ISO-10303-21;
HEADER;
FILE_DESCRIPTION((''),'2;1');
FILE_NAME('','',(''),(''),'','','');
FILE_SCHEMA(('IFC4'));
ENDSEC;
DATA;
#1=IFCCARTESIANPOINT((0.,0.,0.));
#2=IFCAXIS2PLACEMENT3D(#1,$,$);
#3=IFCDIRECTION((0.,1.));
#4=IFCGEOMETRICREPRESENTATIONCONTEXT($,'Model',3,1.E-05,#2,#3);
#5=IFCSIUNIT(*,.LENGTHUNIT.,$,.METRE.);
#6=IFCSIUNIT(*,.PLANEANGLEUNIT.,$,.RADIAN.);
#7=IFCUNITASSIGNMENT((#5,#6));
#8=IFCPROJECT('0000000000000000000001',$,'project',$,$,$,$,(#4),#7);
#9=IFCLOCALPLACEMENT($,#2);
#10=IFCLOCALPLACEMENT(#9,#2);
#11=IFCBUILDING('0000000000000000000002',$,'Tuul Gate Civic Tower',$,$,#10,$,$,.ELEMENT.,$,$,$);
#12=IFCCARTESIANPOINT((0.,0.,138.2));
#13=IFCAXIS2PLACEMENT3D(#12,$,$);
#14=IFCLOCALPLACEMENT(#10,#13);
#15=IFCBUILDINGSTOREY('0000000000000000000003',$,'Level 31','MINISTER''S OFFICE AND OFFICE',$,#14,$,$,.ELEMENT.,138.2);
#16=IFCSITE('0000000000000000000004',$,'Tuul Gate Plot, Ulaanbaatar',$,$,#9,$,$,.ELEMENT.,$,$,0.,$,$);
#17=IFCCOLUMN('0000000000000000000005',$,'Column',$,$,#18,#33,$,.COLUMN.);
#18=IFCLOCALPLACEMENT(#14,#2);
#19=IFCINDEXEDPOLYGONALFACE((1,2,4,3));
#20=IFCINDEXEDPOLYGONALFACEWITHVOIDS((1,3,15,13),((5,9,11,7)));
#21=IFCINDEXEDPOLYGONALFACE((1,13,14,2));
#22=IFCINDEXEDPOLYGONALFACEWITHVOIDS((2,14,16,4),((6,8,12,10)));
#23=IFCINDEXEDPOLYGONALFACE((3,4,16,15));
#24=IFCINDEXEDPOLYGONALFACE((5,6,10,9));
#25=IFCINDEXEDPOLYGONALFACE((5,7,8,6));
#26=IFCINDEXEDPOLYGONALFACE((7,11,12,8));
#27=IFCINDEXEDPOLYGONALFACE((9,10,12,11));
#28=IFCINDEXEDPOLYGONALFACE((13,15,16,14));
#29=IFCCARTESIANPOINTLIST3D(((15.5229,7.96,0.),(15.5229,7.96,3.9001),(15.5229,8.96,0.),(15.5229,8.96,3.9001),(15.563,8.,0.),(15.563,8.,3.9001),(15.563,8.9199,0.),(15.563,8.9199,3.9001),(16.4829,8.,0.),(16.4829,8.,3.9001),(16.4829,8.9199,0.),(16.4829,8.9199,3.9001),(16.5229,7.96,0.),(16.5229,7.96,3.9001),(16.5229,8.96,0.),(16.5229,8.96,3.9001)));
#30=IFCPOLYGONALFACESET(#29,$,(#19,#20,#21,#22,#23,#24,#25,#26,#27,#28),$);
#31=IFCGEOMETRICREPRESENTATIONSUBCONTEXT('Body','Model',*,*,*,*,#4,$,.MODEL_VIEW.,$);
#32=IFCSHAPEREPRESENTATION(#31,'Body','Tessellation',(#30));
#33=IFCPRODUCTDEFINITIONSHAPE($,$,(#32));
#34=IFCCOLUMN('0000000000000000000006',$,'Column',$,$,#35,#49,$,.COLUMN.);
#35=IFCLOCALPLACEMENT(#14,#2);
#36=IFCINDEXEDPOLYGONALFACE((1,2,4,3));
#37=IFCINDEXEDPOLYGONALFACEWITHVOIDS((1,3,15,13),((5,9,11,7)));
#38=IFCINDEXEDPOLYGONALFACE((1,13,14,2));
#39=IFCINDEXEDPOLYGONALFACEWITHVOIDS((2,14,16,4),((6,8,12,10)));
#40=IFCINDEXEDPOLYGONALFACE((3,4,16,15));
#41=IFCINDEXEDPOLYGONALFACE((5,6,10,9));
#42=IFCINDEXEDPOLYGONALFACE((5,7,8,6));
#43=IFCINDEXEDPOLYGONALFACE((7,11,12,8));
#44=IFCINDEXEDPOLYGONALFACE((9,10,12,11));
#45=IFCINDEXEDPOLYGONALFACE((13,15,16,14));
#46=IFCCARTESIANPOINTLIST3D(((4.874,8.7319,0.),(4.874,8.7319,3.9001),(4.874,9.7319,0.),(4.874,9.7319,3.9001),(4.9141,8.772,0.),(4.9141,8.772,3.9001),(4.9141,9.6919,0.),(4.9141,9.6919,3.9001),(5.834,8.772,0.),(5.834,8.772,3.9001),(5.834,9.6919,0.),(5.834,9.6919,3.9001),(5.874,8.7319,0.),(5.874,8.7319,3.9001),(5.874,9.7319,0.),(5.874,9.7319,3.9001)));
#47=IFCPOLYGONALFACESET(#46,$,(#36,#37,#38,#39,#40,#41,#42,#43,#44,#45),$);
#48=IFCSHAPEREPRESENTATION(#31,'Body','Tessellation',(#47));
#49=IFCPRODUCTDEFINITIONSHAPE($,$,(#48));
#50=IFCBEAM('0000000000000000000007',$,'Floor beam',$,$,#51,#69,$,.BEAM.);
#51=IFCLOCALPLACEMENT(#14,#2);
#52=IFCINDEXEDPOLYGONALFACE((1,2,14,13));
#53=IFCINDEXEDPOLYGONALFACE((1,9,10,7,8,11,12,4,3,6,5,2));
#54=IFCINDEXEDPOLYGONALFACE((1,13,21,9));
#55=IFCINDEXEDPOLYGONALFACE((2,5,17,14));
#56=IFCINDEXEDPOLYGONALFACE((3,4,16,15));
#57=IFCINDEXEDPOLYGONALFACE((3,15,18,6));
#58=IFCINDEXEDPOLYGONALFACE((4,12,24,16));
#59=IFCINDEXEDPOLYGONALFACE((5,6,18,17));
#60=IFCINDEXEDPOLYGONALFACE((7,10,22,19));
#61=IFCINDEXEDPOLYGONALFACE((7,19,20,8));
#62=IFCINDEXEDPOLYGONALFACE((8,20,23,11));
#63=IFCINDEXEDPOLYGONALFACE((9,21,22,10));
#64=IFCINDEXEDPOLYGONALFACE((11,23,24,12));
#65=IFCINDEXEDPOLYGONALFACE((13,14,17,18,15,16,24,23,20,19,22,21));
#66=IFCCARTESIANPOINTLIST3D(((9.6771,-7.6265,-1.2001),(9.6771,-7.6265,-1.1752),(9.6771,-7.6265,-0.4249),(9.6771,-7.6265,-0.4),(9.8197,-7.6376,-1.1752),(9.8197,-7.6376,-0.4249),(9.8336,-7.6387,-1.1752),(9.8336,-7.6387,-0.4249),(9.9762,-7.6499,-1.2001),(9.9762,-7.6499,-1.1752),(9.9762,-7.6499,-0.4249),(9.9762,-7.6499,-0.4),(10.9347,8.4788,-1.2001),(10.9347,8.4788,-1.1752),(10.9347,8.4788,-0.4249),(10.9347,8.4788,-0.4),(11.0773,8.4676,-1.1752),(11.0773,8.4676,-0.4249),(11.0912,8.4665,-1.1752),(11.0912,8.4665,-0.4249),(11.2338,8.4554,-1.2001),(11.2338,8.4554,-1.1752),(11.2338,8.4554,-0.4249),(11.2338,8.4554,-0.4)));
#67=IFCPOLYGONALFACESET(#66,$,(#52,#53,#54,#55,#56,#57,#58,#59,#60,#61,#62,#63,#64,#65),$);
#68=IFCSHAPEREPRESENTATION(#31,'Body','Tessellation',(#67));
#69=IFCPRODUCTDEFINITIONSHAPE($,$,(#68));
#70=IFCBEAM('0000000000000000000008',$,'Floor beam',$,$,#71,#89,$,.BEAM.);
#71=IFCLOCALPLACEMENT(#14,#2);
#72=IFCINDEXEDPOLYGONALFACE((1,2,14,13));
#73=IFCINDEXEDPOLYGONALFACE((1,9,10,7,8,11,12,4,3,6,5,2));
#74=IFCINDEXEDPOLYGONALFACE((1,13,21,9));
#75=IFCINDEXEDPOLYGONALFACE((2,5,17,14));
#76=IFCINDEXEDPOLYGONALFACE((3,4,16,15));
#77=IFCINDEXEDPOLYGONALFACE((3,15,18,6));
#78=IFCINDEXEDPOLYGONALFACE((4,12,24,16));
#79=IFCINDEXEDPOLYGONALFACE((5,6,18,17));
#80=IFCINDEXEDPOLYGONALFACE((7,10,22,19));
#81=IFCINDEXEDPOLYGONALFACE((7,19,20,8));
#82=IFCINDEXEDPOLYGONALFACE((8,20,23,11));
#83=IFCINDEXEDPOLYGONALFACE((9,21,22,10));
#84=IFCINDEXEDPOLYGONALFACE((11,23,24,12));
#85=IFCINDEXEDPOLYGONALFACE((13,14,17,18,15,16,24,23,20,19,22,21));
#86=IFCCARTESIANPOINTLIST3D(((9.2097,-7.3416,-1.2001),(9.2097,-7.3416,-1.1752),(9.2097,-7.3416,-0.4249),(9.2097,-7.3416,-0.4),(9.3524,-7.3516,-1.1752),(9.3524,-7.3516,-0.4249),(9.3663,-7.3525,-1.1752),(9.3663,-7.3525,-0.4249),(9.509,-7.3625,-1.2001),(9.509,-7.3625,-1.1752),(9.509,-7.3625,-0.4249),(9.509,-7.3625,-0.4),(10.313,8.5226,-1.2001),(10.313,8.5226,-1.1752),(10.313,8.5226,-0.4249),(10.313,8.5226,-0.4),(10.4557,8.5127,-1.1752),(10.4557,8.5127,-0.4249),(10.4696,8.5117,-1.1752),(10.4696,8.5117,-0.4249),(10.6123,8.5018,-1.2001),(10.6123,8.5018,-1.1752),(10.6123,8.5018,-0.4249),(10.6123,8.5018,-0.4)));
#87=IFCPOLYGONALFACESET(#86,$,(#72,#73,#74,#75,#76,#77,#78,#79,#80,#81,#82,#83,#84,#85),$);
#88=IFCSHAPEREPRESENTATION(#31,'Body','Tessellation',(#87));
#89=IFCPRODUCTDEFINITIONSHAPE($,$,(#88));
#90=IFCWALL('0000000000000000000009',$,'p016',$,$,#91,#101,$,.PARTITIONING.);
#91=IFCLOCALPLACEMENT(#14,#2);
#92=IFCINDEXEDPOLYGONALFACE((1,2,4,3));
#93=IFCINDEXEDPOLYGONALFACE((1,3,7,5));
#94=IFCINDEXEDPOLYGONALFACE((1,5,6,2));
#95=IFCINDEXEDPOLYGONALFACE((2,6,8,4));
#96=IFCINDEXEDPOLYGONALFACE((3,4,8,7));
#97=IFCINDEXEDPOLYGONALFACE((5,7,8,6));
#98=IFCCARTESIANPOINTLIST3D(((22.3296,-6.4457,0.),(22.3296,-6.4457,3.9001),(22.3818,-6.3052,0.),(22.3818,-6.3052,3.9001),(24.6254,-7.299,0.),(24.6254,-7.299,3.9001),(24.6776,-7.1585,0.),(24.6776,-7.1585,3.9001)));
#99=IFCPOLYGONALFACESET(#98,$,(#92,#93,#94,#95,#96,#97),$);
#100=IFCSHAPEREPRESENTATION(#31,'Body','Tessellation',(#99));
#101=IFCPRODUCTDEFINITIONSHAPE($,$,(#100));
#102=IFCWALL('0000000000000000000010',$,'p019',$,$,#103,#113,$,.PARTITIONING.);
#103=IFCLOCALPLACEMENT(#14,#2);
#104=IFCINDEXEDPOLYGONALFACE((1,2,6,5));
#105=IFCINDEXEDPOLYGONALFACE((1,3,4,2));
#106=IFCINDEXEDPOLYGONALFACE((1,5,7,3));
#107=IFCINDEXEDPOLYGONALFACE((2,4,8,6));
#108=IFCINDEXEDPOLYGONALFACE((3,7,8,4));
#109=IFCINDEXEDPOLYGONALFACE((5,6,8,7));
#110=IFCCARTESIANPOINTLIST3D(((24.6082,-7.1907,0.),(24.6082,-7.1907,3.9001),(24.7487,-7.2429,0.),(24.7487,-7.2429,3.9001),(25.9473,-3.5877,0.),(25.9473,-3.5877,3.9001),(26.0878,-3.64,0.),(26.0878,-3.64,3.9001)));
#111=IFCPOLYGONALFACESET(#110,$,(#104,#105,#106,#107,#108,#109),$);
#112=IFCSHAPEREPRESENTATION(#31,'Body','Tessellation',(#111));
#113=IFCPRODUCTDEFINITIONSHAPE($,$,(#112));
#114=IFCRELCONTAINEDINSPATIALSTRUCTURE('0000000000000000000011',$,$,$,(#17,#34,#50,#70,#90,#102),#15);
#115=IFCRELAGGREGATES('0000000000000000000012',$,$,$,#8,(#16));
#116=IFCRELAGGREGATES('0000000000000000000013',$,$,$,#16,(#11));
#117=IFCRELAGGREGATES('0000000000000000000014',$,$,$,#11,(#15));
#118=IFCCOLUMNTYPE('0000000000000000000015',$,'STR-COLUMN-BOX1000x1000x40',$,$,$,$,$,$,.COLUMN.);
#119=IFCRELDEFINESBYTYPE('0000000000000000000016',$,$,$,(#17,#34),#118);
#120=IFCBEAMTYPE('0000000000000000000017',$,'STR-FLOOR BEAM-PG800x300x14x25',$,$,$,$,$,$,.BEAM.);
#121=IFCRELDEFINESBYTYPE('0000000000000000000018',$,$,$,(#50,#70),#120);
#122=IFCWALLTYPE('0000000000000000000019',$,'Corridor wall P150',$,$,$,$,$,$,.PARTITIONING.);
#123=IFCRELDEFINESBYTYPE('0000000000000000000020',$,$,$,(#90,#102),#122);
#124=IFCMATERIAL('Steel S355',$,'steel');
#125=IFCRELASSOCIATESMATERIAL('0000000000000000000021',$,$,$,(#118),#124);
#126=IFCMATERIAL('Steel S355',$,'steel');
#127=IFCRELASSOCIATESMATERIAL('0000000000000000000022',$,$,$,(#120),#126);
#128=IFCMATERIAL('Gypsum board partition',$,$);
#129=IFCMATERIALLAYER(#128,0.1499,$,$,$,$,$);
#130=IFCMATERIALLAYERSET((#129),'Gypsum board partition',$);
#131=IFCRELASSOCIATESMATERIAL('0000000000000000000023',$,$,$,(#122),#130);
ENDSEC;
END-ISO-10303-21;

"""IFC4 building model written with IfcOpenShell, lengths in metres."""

from ifc_helpers import new_model, si_unit, direction, frame, frame_2d, origin, origin_2d, place, context, subcontext, project, spatial, rectangle, hollow_rectangle, i_section, extrude, material, layer, layer_set, material_profile, profile_set, type_object, element, save


model = new_model("IFC4")

# Units and contexts
model_context = context("Model", 3, precision=1e-05, world=origin(), true_north=direction((0.0, 1.0)))
body_context = subcontext(model_context, "Body", "Model", "MODEL_VIEW")
ifc_project = project(units=[si_unit("LENGTHUNIT", "METRE"), si_unit("PLANEANGLEUNIT", "RADIAN")], contexts=[model_context])

# Site, building, storey
site_placement = place(None, origin())
site = spatial("IfcSite", under=ifc_project, at=site_placement, Name="Tuul Gate Plot, Ulaanbaatar", CompositionType="ELEMENT", RefElevation=0.0)
building_placement = place(site_placement, origin())
building = spatial("IfcBuilding", under=site, at=building_placement, Name="Tuul Gate Civic Tower", CompositionType="ELEMENT")
storey_placement = place(building_placement, frame((0.0, 0.0, 138.2)))
storey = spatial("IfcBuildingStorey", under=building, at=storey_placement, Name="Level 31", Description="MINISTER'S OFFICE AND OFFICE", CompositionType="ELEMENT", Elevation=138.2)

# Columns
ifc_material_1 = material(Name="Steel S355", Category="steel")
ifc_material_profile_1 = material_profile(ifc_material_1, hollow_rectangle(XDim=1.0, YDim=1.0, WallThickness=0.04, at=origin_2d()), Name="BOX1000x1000x40")
ifc_profile_set_1 = profile_set([ifc_material_profile_1], Name="Steel S355")
column_type = type_object("IfcColumnType", Name="STR-COLUMN-BOX1000x1000x40", PredefinedType="COLUMN", material=ifc_profile_set_1)
for number, where, z_axis, x_axis, name in (
    (1, (16.0229, 8.46, 0.0), (0.0, 0.0, 1.0), (1.0, 0.0, 0.0), "Column"),
    (2, (5.374, 9.2319, 0.0), (0.0, 0.0, 1.0), (1.0, 0.0, 0.0), "Column"),
):
    element("IfcColumn", number, at=place(storey_placement, frame(where, z_axis=z_axis, x_axis=x_axis)), inside=storey, type_object=column_type, Name=name, PredefinedType="COLUMN", context=body_context, shape_type="SweptSolid", body=[
        extrude(hollow_rectangle(XDim=1.0, YDim=1.0, WallThickness=0.04, at=origin_2d()), origin(), (0.0, 0.0, 1.0), 3.9001),
    ])

# Beams
ifc_material_2 = material(Name="Steel S355", Category="steel")
ifc_material_profile_2 = material_profile(ifc_material_2, i_section(OverallWidth=0.3, OverallDepth=0.8, WebThickness=0.0139, FlangeThickness=0.0249, at=origin_2d()), Name="PG800x300x14x25")
ifc_profile_set_2 = profile_set([ifc_material_profile_2], Name="Steel S355")
beam_type = type_object("IfcBeamType", Name="STR-FLOOR BEAM-PG800x300x14x25", PredefinedType="BEAM", material=ifc_profile_set_2)
beam_1_placement = place(storey_placement, frame((9.8267, -7.6382, -0.8), z_axis=(0.077848, 0.996965, 0.0), x_axis=(-0.996965, 0.077848, 0.0)))
element("IfcBeam", 3, at=beam_1_placement, inside=storey, type_object=beam_type, Name="Floor beam", PredefinedType="BEAM", context=body_context, shape_type="SweptSolid", body=[
    extrude(i_section(OverallWidth=0.3, OverallDepth=0.8, WebThickness=0.0139, FlangeThickness=0.0249, at=origin_2d()), origin(), (0.0, 0.0, 1.0), 16.1543),
])
beam_2_placement = place(storey_placement, frame((9.3594, -7.3521, -0.8), z_axis=(0.069377, 0.997591, 0.0), x_axis=(-0.997591, 0.069377, 0.0)))
element("IfcBeam", 4, at=beam_2_placement, inside=storey, type_object=beam_type, Name="Floor beam", PredefinedType="BEAM", context=body_context, shape_type="SweptSolid", body=[
    extrude(i_section(OverallWidth=0.3, OverallDepth=0.8, WebThickness=0.0139, FlangeThickness=0.0249, at=origin_2d()), origin(), (0.0, 0.0, 1.0), 15.9026),
])

# Walls
ifc_material_3 = material(Name="Gypsum board partition")
ifc_layer_1 = layer(ifc_material_3, 0.1499)
ifc_layer_set_1 = layer_set([ifc_layer_1], Name="Gypsum board partition")
wall_type_1 = type_object("IfcWallType", Name="Corridor wall P150", PredefinedType="PARTITIONING", material=ifc_layer_set_1)
wall_1_placement = place(storey_placement, frame((22.3557, -6.3755, 0.0), z_axis=(0.0, 0.0, 1.0), x_axis=(0.937357, -0.348369, 0.0)))
element("IfcWall", 5, at=wall_1_placement, inside=storey, type_object=wall_type_1, Name="p016", PredefinedType="PARTITIONING", context=body_context, shape_type="SweptSolid", body=[
    extrude(rectangle(XDim=2.4492, YDim=0.1499, at=frame_2d((1.2246, 0.0))), origin(), (0.0, 0.0, 1.0), 3.9001),
])
wall_2_placement = place(storey_placement, frame((24.6785, -7.2168, 0.0), z_axis=(0.0, 0.0, 1.0), x_axis=(0.348379, 0.937354, 0.0)))
element("IfcWall", 6, at=wall_2_placement, inside=storey, type_object=wall_type_1, Name="p019", PredefinedType="PARTITIONING", context=body_context, shape_type="SweptSolid", body=[
    extrude(rectangle(XDim=3.8438, YDim=0.1499, at=frame_2d((1.9219, 0.0))), origin(), (0.0, 0.0, 1.0), 3.9001),
])

save(model, "model.ifc")
